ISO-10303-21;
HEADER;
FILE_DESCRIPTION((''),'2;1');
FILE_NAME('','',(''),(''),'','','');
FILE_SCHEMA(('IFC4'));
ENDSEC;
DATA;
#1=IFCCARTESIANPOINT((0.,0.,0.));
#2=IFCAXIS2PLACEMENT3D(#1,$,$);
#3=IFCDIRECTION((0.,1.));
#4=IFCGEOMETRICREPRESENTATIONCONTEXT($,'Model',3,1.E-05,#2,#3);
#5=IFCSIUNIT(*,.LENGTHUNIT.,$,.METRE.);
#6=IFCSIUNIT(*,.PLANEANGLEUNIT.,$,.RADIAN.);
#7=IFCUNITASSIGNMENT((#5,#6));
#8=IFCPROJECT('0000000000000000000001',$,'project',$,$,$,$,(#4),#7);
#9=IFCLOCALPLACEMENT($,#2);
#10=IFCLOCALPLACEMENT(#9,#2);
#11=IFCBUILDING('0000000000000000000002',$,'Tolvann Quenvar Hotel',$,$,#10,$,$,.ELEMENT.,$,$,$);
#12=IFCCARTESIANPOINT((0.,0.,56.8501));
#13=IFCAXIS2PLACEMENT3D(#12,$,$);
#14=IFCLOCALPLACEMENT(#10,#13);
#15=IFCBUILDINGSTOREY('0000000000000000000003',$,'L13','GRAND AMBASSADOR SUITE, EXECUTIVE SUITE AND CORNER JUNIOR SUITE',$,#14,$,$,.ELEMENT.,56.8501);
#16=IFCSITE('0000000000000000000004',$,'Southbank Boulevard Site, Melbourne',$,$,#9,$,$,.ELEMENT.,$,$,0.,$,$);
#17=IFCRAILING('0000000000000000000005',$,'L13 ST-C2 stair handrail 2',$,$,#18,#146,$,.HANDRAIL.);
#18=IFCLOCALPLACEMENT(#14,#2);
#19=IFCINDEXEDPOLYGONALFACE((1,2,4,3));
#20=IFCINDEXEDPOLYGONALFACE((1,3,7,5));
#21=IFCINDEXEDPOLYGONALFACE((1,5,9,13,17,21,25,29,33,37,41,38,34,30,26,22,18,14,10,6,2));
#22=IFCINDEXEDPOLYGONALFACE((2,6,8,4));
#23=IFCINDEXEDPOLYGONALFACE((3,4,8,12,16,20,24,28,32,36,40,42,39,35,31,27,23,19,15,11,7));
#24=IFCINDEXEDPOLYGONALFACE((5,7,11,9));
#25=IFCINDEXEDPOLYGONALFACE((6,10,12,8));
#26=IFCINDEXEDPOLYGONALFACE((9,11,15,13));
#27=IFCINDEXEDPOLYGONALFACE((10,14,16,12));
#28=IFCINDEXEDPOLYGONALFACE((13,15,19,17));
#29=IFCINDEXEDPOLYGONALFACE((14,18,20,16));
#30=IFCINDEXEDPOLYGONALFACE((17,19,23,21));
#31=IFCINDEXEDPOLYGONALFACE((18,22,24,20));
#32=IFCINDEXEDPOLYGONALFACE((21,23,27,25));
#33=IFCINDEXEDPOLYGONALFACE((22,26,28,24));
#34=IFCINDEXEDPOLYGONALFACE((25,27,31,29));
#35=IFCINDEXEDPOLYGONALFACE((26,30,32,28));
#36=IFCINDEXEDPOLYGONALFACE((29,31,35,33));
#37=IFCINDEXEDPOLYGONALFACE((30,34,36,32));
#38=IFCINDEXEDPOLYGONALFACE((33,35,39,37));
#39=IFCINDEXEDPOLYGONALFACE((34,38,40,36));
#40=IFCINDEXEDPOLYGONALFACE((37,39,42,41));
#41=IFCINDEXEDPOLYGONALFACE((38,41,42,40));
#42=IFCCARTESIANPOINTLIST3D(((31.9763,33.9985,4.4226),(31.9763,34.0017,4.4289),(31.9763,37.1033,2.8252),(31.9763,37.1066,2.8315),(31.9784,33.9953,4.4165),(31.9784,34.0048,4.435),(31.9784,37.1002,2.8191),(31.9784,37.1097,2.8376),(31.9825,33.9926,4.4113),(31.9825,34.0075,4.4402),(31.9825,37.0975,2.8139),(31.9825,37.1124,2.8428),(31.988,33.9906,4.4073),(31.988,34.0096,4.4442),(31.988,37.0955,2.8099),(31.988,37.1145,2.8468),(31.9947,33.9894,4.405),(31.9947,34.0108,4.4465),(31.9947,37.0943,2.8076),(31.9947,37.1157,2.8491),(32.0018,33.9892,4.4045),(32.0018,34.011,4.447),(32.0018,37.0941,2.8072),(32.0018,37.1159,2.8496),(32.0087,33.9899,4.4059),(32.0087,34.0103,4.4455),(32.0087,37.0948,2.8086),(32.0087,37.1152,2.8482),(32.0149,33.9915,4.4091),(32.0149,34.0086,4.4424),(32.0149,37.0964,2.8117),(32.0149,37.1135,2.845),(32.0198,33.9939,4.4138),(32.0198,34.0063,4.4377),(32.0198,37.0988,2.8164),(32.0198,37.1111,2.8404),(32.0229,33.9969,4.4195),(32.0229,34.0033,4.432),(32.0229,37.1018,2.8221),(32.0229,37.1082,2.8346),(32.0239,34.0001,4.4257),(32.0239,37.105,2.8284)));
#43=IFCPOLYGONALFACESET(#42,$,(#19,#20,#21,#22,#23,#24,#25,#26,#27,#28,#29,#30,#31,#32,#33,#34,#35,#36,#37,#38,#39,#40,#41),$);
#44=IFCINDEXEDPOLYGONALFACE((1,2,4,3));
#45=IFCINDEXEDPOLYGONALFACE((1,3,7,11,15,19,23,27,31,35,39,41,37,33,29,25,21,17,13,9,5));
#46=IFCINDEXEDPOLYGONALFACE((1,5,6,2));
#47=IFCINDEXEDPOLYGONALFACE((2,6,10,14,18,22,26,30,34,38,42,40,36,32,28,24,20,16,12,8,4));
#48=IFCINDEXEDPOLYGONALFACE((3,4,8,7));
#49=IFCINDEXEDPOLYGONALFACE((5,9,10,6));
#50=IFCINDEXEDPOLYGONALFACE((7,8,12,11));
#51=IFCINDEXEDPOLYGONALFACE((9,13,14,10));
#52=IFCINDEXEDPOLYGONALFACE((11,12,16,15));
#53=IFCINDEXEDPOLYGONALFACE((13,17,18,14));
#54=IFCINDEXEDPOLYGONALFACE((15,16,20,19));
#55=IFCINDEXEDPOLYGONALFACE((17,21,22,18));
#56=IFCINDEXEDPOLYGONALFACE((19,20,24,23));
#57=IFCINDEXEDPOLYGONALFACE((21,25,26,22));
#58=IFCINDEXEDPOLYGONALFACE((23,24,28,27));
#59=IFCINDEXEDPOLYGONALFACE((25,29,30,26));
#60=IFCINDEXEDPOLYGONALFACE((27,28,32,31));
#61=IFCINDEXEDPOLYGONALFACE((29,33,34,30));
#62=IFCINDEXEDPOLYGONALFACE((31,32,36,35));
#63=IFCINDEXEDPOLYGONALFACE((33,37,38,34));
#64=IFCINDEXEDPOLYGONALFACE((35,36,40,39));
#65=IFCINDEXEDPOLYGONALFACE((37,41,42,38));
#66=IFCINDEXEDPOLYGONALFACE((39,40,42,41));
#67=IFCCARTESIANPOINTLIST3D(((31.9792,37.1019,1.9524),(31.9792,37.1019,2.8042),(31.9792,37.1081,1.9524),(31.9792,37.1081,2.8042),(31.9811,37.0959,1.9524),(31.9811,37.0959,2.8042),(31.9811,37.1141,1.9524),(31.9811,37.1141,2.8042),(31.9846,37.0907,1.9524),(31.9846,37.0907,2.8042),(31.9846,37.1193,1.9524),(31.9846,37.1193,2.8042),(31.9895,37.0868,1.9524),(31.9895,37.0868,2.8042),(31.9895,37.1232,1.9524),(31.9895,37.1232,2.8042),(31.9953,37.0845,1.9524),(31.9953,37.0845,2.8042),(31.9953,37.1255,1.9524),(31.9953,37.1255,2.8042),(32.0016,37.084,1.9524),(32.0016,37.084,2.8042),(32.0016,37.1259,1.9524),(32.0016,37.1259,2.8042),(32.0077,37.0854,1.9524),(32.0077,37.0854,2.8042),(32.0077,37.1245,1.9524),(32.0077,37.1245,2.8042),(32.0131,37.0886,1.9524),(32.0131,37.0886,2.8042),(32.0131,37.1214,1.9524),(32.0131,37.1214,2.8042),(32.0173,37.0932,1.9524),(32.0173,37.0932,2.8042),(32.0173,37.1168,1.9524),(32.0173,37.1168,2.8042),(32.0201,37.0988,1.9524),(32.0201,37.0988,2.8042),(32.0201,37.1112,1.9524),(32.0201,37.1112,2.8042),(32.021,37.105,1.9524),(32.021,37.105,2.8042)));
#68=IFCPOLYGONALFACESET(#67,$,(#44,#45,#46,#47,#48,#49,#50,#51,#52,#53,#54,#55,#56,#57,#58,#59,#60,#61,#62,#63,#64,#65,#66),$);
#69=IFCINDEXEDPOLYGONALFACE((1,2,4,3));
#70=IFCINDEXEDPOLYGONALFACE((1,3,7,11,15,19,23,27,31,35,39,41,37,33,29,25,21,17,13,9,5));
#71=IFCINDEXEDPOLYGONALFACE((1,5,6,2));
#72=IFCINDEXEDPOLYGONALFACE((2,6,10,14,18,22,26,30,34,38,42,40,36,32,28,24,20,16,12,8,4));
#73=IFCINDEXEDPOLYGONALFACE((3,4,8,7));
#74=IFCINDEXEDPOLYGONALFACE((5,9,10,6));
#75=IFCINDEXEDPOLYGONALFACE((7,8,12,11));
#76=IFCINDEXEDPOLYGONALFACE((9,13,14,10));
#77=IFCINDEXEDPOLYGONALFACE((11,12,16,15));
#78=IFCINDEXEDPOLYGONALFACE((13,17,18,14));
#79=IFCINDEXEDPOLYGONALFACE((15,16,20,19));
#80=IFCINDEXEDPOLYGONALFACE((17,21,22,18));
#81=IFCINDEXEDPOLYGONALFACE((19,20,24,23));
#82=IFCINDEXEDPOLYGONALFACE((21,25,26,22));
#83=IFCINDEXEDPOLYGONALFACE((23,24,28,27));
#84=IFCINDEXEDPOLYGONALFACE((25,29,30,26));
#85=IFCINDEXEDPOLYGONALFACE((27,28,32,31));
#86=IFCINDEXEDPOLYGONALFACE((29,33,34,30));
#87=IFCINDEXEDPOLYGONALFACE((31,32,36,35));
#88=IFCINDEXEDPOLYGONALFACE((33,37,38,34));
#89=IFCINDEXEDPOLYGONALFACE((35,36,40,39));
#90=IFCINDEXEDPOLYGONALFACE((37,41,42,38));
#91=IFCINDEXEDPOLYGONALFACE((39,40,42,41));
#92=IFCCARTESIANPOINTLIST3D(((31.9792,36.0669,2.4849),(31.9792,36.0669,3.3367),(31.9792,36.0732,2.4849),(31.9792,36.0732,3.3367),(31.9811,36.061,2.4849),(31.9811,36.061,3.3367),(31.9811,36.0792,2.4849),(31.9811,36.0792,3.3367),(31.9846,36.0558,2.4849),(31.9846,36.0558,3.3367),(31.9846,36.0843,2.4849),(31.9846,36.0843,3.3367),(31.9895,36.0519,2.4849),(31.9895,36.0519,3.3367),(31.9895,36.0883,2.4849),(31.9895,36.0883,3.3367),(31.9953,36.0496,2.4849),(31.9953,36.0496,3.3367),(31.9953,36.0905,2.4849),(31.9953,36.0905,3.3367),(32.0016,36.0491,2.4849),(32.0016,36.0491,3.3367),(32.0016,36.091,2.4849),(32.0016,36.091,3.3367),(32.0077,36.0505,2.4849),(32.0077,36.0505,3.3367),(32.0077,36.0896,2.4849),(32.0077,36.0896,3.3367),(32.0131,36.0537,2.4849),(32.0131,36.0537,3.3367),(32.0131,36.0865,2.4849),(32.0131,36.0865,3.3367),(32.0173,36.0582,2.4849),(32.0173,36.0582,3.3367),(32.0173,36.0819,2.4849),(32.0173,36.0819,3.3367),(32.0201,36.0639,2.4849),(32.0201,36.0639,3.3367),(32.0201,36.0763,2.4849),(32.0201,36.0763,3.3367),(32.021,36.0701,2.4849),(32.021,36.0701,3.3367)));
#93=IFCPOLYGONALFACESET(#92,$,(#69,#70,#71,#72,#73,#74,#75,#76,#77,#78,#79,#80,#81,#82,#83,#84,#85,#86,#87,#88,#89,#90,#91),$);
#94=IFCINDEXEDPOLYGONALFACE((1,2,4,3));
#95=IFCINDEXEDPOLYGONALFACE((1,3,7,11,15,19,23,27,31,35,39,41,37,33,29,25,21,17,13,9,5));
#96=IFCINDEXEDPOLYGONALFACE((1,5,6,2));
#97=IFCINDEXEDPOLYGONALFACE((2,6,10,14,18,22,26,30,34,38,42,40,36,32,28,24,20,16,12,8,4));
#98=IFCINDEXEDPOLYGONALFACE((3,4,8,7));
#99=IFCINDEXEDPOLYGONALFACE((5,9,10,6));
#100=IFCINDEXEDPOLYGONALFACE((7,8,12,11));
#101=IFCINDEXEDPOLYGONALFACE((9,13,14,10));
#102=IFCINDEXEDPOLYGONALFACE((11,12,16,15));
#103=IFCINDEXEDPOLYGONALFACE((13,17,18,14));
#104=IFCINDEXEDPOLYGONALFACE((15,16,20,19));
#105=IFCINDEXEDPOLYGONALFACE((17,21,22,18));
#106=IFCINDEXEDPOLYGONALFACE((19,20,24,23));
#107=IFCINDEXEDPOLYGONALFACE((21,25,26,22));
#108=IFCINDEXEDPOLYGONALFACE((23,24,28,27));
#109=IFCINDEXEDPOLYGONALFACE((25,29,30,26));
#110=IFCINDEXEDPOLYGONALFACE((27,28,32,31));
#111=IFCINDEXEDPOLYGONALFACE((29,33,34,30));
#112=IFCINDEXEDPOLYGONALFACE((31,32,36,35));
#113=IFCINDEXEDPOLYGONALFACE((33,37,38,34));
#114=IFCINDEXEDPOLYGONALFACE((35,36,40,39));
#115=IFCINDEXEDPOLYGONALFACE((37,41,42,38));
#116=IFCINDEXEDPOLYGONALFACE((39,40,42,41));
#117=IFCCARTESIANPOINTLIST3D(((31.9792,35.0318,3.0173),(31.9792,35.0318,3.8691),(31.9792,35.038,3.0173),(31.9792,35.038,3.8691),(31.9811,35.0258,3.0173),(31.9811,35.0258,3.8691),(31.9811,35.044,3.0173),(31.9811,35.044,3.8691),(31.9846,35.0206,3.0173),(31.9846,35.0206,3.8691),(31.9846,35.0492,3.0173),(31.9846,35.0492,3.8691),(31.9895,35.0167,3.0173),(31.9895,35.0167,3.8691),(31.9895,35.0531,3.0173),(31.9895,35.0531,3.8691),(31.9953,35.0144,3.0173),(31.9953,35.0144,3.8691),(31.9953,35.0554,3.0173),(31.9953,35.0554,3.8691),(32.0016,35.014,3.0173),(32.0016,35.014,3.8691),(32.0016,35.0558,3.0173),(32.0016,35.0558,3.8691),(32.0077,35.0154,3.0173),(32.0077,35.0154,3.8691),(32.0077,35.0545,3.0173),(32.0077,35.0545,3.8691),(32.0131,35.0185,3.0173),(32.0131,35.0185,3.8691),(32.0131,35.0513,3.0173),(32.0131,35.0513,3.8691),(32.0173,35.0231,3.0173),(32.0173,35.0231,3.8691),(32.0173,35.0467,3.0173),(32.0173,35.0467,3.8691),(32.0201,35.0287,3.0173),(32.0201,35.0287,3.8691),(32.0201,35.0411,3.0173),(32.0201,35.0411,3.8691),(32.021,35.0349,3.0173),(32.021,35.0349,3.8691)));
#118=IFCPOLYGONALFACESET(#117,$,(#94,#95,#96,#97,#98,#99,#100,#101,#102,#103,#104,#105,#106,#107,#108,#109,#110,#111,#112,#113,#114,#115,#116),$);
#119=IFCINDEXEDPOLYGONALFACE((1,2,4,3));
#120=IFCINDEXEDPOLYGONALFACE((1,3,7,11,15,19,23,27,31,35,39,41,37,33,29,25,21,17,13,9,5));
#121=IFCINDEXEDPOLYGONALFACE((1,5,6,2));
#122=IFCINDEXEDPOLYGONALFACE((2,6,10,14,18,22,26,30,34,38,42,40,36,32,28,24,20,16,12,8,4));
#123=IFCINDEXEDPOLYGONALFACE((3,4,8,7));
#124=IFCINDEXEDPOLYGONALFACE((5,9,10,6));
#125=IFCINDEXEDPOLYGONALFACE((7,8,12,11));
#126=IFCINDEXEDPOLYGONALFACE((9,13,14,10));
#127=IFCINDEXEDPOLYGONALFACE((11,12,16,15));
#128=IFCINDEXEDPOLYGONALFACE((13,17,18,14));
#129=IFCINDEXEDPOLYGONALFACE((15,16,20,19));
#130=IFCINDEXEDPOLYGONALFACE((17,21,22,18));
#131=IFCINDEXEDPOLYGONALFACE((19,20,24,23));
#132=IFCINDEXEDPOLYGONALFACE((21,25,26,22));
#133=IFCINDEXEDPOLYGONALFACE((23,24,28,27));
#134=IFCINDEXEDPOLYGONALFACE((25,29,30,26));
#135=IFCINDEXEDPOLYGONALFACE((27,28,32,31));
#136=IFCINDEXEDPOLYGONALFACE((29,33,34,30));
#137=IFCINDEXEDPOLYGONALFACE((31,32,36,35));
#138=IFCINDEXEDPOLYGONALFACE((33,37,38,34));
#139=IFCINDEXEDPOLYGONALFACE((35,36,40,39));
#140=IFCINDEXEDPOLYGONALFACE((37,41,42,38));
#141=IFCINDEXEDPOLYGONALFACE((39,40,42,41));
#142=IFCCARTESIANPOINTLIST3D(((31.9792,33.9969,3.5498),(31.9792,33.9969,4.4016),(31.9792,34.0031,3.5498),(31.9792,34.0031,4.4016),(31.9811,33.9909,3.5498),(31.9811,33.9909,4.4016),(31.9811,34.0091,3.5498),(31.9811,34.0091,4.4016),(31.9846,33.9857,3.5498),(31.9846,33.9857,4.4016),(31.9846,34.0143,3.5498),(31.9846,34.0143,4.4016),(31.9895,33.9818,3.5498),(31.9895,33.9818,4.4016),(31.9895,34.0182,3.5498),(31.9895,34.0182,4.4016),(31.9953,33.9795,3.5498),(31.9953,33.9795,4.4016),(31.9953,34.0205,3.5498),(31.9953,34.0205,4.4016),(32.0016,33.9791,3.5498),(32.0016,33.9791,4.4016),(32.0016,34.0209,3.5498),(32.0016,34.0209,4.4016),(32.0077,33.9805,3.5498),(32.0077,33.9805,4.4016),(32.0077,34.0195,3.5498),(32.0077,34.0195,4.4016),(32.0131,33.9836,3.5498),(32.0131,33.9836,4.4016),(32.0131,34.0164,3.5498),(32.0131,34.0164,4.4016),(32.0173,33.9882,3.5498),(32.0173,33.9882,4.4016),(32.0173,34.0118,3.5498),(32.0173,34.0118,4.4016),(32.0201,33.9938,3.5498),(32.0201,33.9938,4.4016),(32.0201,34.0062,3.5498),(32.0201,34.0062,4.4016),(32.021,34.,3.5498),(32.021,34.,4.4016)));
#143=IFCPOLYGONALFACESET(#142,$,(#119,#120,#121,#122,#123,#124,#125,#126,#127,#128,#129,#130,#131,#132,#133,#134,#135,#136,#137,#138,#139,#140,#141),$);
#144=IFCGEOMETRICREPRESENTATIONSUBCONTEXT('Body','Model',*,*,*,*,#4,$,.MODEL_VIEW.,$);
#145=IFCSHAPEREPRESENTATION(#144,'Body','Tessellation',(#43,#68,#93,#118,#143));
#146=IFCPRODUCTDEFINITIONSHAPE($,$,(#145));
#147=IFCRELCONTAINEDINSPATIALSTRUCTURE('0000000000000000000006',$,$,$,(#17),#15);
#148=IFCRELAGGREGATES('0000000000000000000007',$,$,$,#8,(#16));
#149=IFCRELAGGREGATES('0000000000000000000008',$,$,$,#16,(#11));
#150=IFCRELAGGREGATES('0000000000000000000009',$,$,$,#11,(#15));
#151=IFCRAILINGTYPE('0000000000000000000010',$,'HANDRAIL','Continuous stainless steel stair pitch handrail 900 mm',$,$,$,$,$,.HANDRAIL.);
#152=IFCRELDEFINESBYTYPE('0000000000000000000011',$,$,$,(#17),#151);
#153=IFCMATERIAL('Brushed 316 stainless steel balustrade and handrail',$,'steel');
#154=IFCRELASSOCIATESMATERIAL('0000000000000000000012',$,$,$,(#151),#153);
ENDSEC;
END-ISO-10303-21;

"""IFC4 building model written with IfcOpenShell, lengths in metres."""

from ifc_helpers import new_model, si_unit, direction, frame, origin, origin_2d, place, context, subcontext, project, spatial, circle, extrude, material, type_object, element, save


model = new_model("IFC4")

# Units and contexts
model_context = context("Model", 3, precision=1e-05, world=origin(), true_north=direction((0.0, 1.0)))
body_context = subcontext(model_context, "Body", "Model", "MODEL_VIEW")
ifc_project = project(units=[si_unit("LENGTHUNIT", "METRE"), si_unit("PLANEANGLEUNIT", "RADIAN")], contexts=[model_context])

# Site, building, storey
site_placement = place(None, origin())
site = spatial("IfcSite", under=ifc_project, at=site_placement, Name="Southbank Boulevard Site, Melbourne", CompositionType="ELEMENT", RefElevation=0.0)
building_placement = place(site_placement, origin())
building = spatial("IfcBuilding", under=site, at=building_placement, Name="Tolvann Quenvar Hotel", CompositionType="ELEMENT")
storey_placement = place(building_placement, frame((0.0, 0.0, 56.8501)))
storey = spatial("IfcBuildingStorey", under=building, at=storey_placement, Name="L13", Description="GRAND AMBASSADOR SUITE, EXECUTIVE SUITE AND CORNER JUNIOR SUITE", CompositionType="ELEMENT", Elevation=56.8501)

# Railing
ifc_material_1 = material(Name="Brushed 316 stainless steel balustrade and handrail", Category="steel")
railing_type_1 = type_object("IfcRailingType", Name="HANDRAIL", Description="Continuous stainless steel stair pitch handrail 900 mm", PredefinedType="HANDRAIL", material=ifc_material_1)
railing_1_placement = place(storey_placement, frame((32.0, 37.105, 1.9524)))
element("IfcRailing", 1, at=railing_1_placement, inside=storey, type_object=railing_type_1, Name="L13 ST-C2 stair handrail 2", PredefinedType="HANDRAIL", context=body_context, shape_type="SweptSolid", body=[
    extrude(circle(Radius=0.0239, at=origin_2d()), frame((0.0, 0.0, 0.876), z_axis=(0.0, -0.889222, 0.457476), x_axis=(1.0, 0.0, 0.0)), (0.0, 0.0, 1.0), 3.4917),
    extrude(circle(Radius=0.021, at=origin_2d()), origin(), (0.0, 0.0, 1.0), 0.8518),
    extrude(circle(Radius=0.021, at=origin_2d()), frame((0.0, -1.0349, 0.5325)), (0.0, 0.0, 1.0), 0.8518),
    extrude(circle(Radius=0.021, at=origin_2d()), frame((0.0, -2.0701, 1.0649)), (0.0, 0.0, 1.0), 0.8518),
    extrude(circle(Radius=0.021, at=origin_2d()), frame((0.0, -3.105, 1.5974)), (0.0, 0.0, 1.0), 0.8518),
])

save(model, "model.ifc")
